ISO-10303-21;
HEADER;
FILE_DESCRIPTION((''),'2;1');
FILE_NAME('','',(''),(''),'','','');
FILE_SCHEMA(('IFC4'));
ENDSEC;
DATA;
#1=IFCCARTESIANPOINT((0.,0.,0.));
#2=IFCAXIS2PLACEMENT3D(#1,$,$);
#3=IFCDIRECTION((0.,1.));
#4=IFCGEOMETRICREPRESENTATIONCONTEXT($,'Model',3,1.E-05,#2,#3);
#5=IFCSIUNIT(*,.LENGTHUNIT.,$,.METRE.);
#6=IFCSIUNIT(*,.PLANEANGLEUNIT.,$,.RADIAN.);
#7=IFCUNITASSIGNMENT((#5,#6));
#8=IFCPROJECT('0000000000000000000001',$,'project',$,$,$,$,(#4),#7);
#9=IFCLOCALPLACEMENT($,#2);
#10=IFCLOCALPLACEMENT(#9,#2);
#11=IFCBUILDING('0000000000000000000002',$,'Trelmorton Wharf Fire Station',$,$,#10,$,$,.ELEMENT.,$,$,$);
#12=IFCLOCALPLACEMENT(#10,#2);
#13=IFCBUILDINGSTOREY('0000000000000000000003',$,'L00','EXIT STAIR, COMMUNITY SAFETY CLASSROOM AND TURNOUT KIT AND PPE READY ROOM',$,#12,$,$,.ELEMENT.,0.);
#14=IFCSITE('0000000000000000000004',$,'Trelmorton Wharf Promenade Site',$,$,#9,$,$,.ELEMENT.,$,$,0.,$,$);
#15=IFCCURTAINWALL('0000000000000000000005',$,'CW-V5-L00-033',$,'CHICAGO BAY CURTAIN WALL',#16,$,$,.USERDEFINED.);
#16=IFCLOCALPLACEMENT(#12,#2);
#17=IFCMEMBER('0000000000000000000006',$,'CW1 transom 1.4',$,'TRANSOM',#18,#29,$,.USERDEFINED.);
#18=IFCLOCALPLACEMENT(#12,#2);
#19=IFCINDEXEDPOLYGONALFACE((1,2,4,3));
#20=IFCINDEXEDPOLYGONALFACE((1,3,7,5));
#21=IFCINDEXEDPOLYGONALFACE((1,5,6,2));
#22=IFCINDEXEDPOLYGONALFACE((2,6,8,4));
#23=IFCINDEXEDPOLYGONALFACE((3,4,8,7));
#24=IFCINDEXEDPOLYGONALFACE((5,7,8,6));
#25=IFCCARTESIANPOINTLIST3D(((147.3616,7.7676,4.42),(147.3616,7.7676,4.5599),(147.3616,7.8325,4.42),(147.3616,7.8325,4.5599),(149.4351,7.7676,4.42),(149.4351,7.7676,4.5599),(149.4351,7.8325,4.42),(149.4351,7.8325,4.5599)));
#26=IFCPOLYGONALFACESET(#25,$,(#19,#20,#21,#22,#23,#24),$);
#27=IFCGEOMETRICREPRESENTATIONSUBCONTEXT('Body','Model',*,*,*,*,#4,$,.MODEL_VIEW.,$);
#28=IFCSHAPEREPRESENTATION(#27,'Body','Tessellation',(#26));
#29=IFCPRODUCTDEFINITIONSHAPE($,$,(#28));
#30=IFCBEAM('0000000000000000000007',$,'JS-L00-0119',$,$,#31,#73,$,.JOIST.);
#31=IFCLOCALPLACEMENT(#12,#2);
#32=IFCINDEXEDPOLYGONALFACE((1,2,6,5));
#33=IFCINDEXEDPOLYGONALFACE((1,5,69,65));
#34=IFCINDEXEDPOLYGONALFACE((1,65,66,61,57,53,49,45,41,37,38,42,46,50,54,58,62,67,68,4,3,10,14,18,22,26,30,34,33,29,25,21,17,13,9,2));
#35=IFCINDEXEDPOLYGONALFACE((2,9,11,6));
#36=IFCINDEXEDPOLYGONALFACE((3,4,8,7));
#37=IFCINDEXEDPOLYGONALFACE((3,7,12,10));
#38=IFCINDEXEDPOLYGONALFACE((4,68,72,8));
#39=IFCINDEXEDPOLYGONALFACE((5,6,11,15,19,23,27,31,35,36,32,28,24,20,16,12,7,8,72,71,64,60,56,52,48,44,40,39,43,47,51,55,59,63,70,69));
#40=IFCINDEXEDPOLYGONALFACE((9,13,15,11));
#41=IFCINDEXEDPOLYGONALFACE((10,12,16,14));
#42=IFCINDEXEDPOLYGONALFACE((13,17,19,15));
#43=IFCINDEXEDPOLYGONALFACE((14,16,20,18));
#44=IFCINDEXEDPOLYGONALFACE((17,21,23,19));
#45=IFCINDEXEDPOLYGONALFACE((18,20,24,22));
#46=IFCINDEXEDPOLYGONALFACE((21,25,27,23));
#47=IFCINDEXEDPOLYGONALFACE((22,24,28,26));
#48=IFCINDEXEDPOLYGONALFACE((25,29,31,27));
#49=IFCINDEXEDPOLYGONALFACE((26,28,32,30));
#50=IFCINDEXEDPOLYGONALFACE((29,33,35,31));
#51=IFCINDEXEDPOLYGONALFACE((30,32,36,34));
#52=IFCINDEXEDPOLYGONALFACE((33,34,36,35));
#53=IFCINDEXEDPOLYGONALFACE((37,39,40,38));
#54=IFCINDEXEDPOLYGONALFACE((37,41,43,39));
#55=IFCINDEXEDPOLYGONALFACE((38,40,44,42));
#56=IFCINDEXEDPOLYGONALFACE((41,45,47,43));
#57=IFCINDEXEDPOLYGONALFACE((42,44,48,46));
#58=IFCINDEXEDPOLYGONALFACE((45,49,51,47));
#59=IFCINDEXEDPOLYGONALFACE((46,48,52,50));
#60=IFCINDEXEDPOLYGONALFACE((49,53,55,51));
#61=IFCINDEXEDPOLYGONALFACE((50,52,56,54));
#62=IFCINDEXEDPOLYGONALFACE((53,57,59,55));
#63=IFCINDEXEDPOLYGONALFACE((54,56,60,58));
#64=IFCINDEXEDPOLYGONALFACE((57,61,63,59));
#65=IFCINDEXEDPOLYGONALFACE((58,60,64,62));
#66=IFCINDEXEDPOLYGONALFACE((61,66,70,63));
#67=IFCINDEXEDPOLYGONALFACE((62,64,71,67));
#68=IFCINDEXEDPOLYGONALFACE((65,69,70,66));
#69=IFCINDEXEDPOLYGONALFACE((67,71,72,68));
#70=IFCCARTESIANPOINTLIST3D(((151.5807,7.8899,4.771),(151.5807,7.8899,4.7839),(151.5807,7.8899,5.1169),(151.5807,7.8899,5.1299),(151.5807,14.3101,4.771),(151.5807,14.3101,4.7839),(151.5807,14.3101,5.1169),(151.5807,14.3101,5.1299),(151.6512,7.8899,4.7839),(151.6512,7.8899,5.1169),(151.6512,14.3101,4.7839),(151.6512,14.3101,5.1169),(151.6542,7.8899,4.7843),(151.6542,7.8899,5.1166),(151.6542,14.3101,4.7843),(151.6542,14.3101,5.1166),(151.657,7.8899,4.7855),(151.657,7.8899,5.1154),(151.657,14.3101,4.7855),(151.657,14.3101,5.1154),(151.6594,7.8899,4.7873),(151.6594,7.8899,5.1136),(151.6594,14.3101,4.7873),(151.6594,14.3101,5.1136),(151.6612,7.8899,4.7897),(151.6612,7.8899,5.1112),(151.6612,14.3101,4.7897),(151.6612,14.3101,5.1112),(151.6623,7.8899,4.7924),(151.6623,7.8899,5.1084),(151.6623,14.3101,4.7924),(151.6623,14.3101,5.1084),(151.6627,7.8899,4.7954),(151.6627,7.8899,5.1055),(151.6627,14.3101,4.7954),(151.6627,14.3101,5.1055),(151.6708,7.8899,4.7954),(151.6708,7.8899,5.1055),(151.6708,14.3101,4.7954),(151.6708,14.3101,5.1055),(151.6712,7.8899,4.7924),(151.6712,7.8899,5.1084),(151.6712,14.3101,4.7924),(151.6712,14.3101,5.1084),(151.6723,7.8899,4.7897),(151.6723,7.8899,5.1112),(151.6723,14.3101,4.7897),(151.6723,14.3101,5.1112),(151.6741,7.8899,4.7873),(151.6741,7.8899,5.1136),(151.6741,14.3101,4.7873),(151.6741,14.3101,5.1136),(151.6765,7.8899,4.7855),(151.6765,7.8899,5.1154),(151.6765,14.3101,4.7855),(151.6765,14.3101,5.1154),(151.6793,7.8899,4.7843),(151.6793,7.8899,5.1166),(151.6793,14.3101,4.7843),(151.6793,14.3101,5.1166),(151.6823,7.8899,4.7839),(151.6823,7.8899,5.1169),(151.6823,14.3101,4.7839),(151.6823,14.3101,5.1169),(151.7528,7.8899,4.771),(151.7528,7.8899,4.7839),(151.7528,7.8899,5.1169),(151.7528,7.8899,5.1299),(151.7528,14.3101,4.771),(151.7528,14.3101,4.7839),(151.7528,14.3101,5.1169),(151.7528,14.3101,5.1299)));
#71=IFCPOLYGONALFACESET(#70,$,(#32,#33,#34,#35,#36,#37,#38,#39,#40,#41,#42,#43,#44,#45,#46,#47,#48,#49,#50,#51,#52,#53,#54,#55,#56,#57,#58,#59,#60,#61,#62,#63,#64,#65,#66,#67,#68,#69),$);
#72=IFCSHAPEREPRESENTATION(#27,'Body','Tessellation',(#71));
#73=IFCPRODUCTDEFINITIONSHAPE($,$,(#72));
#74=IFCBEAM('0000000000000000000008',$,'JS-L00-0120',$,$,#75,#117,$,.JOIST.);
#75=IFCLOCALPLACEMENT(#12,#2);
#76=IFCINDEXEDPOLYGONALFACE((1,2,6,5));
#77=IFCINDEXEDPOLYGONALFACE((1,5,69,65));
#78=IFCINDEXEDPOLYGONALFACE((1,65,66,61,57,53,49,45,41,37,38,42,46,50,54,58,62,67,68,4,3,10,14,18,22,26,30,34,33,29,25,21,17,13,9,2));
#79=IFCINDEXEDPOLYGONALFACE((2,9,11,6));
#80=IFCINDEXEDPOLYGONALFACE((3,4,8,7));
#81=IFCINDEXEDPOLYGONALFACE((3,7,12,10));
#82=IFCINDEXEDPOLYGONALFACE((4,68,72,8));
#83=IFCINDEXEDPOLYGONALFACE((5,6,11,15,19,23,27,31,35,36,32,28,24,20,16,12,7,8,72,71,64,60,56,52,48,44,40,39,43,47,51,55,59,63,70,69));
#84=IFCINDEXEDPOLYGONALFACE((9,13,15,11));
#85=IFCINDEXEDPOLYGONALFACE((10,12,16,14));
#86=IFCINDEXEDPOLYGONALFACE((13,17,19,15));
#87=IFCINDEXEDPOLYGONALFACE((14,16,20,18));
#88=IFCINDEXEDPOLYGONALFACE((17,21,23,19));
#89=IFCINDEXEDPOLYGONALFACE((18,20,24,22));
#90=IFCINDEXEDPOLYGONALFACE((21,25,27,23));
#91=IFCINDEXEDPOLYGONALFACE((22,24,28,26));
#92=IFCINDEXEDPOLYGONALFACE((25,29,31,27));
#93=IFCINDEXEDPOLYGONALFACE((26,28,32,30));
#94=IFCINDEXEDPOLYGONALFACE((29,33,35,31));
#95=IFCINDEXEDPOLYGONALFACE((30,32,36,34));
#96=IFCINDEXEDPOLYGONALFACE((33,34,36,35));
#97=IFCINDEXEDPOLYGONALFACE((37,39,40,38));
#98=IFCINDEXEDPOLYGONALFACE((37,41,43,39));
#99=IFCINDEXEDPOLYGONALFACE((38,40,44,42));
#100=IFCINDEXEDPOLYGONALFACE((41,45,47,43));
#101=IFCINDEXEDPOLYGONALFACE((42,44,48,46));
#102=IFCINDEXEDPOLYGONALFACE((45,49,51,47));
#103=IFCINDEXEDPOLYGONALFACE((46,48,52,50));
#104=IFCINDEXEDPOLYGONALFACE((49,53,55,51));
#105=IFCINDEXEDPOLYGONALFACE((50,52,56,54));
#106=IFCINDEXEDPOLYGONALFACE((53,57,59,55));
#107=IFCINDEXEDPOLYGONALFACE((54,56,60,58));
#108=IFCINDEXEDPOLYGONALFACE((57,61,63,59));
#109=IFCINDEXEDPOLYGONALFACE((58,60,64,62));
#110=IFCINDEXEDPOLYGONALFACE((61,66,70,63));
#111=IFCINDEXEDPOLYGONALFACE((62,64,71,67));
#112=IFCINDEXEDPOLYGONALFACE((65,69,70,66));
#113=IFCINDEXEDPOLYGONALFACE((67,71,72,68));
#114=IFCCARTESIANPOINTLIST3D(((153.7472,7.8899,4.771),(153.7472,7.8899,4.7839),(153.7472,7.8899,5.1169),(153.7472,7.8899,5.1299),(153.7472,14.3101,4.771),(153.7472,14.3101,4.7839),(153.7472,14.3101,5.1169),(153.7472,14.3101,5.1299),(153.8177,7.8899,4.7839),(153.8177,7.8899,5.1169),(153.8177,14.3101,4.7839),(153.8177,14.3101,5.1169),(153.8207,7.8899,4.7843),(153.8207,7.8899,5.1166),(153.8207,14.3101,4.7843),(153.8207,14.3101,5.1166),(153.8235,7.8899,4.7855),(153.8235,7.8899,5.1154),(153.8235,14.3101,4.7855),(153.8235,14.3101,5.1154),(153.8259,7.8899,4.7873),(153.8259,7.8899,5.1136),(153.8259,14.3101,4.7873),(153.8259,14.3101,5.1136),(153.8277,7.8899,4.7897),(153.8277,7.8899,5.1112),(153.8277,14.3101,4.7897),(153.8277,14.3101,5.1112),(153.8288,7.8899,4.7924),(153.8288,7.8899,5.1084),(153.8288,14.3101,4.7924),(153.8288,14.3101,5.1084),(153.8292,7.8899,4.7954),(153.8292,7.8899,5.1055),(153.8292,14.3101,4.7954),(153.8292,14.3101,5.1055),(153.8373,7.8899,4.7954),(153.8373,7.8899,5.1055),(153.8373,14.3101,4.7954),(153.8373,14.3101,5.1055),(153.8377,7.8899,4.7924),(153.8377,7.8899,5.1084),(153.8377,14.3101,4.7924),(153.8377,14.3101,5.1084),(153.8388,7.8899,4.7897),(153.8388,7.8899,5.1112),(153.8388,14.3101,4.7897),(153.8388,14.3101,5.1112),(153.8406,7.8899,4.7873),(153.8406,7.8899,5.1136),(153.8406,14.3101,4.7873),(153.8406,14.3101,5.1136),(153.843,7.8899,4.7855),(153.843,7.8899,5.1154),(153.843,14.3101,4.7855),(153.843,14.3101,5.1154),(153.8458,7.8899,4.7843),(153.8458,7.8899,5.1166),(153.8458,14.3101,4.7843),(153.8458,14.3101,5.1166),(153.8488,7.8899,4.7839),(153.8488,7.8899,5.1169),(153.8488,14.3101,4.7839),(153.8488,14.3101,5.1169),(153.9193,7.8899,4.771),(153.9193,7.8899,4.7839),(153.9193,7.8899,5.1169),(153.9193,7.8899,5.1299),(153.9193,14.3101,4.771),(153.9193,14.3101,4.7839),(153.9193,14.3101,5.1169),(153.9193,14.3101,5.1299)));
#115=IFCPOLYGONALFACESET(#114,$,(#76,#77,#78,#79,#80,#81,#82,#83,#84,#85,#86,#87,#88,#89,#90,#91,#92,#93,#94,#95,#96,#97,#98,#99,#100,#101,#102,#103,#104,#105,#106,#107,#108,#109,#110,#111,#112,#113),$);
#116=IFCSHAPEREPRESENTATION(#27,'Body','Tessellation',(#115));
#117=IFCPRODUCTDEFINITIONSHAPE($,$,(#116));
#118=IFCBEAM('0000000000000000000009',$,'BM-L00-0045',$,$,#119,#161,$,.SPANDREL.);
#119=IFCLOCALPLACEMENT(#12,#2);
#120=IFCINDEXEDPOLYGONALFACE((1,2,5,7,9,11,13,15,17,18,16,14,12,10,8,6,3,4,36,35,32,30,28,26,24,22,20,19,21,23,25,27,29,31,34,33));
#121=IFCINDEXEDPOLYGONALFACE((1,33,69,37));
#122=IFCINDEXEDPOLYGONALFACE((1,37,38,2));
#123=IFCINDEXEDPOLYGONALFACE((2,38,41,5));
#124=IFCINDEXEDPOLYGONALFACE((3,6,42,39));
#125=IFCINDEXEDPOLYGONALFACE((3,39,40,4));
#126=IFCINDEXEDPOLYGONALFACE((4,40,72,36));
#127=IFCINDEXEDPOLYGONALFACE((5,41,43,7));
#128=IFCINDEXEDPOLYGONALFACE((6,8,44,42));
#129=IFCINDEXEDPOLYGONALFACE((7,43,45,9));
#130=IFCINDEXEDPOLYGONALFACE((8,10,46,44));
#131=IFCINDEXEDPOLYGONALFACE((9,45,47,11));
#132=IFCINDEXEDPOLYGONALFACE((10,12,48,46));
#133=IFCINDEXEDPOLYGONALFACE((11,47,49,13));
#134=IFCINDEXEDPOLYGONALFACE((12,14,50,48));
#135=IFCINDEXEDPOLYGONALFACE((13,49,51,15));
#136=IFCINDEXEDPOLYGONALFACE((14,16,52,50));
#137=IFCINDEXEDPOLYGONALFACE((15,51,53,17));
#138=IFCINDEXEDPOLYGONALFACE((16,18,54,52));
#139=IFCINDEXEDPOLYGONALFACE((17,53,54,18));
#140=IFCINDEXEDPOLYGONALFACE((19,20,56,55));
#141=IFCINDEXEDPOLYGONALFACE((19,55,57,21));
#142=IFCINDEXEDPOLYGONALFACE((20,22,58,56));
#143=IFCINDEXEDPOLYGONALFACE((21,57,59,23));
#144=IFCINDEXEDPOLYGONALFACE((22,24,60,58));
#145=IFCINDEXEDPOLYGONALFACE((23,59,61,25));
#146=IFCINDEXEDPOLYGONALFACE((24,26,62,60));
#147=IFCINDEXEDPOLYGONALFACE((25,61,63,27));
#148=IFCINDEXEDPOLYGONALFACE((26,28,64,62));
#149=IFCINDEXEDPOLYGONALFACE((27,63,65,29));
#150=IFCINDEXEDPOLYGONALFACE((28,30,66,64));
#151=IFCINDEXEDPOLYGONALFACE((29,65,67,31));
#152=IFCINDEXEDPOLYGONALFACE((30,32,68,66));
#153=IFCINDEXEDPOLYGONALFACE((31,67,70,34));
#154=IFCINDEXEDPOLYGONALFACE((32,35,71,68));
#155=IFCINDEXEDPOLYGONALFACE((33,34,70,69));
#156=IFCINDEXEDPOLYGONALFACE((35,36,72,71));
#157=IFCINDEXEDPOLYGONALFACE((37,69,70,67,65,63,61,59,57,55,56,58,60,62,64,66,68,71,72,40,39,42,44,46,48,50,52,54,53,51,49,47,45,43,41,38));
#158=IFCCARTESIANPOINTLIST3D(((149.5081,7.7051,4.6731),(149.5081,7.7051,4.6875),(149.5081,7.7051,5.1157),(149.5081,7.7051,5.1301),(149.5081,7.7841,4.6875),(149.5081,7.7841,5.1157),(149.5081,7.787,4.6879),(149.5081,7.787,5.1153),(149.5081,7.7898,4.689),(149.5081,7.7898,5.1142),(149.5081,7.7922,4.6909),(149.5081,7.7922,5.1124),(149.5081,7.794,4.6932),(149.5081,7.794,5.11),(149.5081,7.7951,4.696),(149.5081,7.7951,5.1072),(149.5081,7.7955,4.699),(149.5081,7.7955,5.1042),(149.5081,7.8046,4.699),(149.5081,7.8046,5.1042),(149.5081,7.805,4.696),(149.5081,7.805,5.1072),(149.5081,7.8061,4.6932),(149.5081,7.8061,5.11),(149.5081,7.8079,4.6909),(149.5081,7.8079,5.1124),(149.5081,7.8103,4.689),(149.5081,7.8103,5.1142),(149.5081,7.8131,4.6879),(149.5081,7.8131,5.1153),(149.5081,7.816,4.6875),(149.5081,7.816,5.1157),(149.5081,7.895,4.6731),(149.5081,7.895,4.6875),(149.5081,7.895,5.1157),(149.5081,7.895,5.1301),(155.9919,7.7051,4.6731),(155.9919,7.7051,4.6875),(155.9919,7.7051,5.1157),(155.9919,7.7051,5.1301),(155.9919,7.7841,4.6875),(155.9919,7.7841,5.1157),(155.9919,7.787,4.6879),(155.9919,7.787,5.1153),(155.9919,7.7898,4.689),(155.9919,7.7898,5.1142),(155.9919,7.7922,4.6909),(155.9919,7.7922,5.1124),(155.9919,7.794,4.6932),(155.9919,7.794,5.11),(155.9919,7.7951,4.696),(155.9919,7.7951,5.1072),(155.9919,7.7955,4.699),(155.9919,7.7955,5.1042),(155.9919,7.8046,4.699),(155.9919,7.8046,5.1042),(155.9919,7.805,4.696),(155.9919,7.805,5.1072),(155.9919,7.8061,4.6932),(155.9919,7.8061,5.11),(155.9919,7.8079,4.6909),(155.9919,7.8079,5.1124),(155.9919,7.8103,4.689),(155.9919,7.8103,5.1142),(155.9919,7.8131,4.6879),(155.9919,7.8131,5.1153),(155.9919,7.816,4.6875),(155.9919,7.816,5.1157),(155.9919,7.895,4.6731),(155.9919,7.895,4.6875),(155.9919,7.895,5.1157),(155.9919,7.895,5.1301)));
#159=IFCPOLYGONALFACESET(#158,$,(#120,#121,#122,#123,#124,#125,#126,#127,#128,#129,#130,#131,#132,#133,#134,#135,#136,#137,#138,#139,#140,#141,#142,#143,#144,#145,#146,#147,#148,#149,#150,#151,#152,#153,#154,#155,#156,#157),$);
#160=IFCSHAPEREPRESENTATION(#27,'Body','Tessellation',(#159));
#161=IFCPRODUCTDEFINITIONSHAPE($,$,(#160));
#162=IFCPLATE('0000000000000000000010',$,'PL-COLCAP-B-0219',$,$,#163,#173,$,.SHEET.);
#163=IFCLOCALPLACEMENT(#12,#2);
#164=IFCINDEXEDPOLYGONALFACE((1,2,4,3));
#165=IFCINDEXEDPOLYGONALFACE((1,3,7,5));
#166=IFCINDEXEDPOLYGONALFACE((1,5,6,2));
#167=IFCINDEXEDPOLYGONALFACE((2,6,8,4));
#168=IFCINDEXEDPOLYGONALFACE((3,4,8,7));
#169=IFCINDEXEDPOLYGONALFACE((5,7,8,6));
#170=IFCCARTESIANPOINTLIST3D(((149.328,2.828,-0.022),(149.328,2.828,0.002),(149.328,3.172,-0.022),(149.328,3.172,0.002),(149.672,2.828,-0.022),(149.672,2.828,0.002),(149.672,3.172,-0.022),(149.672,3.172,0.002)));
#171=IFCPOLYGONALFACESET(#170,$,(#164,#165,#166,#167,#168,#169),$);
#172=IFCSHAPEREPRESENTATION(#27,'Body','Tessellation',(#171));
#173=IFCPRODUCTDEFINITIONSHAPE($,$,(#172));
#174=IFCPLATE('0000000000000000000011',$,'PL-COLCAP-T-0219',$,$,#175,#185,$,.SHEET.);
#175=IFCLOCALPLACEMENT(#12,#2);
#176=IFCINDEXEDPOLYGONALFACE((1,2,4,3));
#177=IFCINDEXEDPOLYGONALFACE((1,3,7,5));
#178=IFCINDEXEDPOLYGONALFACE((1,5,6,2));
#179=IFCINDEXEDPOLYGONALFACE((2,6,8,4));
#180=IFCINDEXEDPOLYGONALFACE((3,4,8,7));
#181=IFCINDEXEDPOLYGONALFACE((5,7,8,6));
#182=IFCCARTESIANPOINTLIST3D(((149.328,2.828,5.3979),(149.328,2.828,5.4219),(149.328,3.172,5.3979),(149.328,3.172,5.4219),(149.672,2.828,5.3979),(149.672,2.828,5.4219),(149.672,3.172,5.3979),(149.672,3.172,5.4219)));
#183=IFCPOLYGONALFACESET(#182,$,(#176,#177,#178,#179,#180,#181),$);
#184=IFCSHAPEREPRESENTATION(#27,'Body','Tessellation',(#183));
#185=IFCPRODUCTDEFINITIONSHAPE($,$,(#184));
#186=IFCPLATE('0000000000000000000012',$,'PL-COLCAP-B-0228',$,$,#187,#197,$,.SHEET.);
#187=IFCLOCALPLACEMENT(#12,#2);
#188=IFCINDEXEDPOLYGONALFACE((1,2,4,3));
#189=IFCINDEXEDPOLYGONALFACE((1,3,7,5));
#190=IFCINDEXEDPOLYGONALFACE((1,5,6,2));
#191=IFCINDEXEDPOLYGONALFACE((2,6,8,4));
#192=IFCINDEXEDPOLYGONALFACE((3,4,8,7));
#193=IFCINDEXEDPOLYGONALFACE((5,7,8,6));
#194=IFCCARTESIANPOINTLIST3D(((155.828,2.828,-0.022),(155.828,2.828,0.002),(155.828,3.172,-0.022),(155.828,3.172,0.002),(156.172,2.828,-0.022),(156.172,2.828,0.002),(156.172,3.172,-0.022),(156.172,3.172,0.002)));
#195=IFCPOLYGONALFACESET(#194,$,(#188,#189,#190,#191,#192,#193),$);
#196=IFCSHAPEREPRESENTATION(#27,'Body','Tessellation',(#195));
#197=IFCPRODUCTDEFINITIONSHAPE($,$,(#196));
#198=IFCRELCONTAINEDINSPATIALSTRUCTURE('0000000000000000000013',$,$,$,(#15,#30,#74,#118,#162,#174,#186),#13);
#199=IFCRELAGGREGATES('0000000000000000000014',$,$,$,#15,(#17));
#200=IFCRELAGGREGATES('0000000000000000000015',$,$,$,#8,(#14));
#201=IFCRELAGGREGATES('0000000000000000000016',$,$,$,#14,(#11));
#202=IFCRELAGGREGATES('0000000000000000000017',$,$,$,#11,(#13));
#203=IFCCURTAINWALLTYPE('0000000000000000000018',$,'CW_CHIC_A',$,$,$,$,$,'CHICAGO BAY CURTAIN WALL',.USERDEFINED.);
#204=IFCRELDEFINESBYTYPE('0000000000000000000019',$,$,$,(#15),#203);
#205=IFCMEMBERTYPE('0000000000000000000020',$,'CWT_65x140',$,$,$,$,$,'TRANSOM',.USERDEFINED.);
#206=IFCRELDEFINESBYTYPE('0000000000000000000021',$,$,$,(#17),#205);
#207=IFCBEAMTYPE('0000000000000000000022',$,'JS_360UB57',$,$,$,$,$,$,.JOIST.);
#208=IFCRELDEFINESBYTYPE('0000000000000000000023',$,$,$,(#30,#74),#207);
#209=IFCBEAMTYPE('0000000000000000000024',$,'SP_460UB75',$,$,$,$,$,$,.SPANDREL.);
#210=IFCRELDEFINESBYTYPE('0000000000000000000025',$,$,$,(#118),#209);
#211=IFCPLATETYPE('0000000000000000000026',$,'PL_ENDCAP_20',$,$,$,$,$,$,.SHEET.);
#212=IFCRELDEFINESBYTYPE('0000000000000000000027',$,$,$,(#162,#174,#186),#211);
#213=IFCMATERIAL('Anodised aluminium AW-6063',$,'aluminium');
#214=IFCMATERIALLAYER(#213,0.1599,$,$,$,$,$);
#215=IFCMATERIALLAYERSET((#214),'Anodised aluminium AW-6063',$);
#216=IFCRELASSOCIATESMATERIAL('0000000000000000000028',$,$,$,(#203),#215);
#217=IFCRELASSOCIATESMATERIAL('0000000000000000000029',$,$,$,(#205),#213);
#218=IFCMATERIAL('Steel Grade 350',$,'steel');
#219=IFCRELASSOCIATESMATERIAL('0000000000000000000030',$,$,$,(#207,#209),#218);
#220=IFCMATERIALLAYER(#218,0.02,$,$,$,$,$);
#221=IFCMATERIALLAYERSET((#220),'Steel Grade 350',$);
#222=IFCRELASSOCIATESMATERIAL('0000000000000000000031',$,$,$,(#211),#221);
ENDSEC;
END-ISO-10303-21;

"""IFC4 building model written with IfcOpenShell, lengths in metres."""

from ifc_helpers import new_model, si_unit, direction, frame, origin, origin_2d, place, context, subcontext, project, spatial, rectangle, i_section, extrude, material, layer, layer_set, material_profile, profile_set, type_object, element, aggregate, save


model = new_model("IFC4")

# Units and contexts
model_context = context("Model", 3, precision=1e-05, world=origin(), true_north=direction((0.0, 1.0)))
body_context = subcontext(model_context, "Body", "Model", "MODEL_VIEW")
ifc_project = project(units=[si_unit("LENGTHUNIT", "METRE"), si_unit("PLANEANGLEUNIT", "RADIAN")], contexts=[model_context])

# Site, building, storey
site_placement = place(None, origin())
site = spatial("IfcSite", under=ifc_project, at=site_placement, Name="Trelmorton Wharf Promenade Site", CompositionType="ELEMENT", RefElevation=0.0)
building_placement = place(site_placement, origin())
building = spatial("IfcBuilding", under=site, at=building_placement, Name="Trelmorton Wharf Fire Station", CompositionType="ELEMENT")
storey_placement = place(building_placement, origin())
storey = spatial("IfcBuildingStorey", under=building, at=storey_placement, Name="L00", Description="EXIT STAIR, COMMUNITY SAFETY CLASSROOM AND TURNOUT KIT AND PPE READY ROOM", CompositionType="ELEMENT", Elevation=0.0)

# Shared definitions
ifc_material_1 = material(Name="Steel Grade 350", Category="steel")

# Curtain wall, member
ifc_material_2 = material(Name="Anodised aluminium AW-6063", Category="aluminium")
ifc_layer_1 = layer(ifc_material_2, 0.1599)
ifc_layer_set_1 = layer_set([ifc_layer_1], Name="Anodised aluminium AW-6063")
curtain_wall_type = type_object("IfcCurtainWallType", Name="CW_CHIC_A", ElementType="CHICAGO BAY CURTAIN WALL", PredefinedType="USERDEFINED", material=ifc_layer_set_1)
curtain_wall_placement = place(storey_placement, origin())
curtain_wall = element("IfcCurtainWall", 1, at=curtain_wall_placement, inside=storey, type_object=curtain_wall_type, Name="CW-V5-L00-033", ObjectType="CHICAGO BAY CURTAIN WALL", PredefinedType="USERDEFINED")
ifc_material_profile_1 = material_profile(ifc_material_2, rectangle(XDim=0.0649, YDim=0.1399, at=origin_2d()), Name="ALU-65x140")
ifc_profile_set_1 = profile_set([ifc_material_profile_1], Name="Anodised aluminium AW-6063")
member_type_1 = type_object("IfcMemberType", Name="CWT_65x140", ElementType="TRANSOM", PredefinedType="USERDEFINED", material=ifc_profile_set_1)
member_1_placement = place(storey_placement, frame((149.4351, 7.8, 4.49), z_axis=(-1.0, 0.0, 0.0), x_axis=(0.0, -1.0, 0.0)))
member_1 = element("IfcMember", 2, at=member_1_placement, type_object=member_type_1, Name="CW1 transom 1.4", ObjectType="TRANSOM", PredefinedType="USERDEFINED", context=body_context, shape_type="SweptSolid", body=[
    extrude(rectangle(XDim=0.0649, YDim=0.1399, at=origin_2d()), origin(), (0.0, 0.0, 1.0), 2.0735),
])
aggregate(curtain_wall, [member_1])

# Beams
ifc_material_profile_2 = material_profile(ifc_material_1, i_section(OverallWidth=0.1721, OverallDepth=0.3589, WebThickness=0.0081, FlangeThickness=0.0129, FilletRadius=0.0115, at=origin_2d()), Name="360UB56.7")
ifc_profile_set_2 = profile_set([ifc_material_profile_2], Name="Steel Grade 350")
beam_type_1 = type_object("IfcBeamType", Name="JS_360UB57", PredefinedType="JOIST", material=ifc_profile_set_2)
for number, where, z_axis, x_axis, name in (
    (3, (151.6667, 7.8899, 4.9504), (0.0, 1.0, 0.0), (-1.0, 0.0, 0.0), "JS-L00-0119"),
    (4, (153.8333, 7.8899, 4.9504), (0.0, 1.0, 0.0), (-1.0, 0.0, 0.0), "JS-L00-0120"),
):
    element("IfcBeam", number, at=place(storey_placement, frame(where, z_axis=z_axis, x_axis=x_axis)), inside=storey, type_object=beam_type_1, Name=name, PredefinedType="JOIST", context=body_context, shape_type="SweptSolid", body=[
        extrude(i_section(OverallWidth=0.1721, OverallDepth=0.3589, WebThickness=0.0081, FlangeThickness=0.0129, FilletRadius=0.0115, at=origin_2d()), origin(), (0.0, 0.0, 1.0), 6.4202),
    ])
ifc_material_profile_3 = material_profile(ifc_material_1, i_section(OverallWidth=0.1899, OverallDepth=0.457, WebThickness=0.009, FlangeThickness=0.0144, FilletRadius=0.0115, at=origin_2d()), Name="460UB74.6")
ifc_profile_set_3 = profile_set([ifc_material_profile_3], Name="Steel Grade 350")
beam_type_2 = type_object("IfcBeamType", Name="SP_460UB75", PredefinedType="SPANDREL", material=ifc_profile_set_3)
beam_1_placement = place(storey_placement, frame((149.5081, 7.8, 4.9016), z_axis=(1.0, 0.0, 0.0), x_axis=(0.0, 1.0, 0.0)))
element("IfcBeam", 5, at=beam_1_placement, inside=storey, type_object=beam_type_2, Name="BM-L00-0045", PredefinedType="SPANDREL", context=body_context, shape_type="SweptSolid", body=[
    extrude(i_section(OverallWidth=0.1899, OverallDepth=0.457, WebThickness=0.009, FlangeThickness=0.0144, FilletRadius=0.0115, at=origin_2d()), origin(), (0.0, 0.0, 1.0), 6.4839),
])

# Plates
ifc_layer_2 = layer(ifc_material_1, 0.02)
ifc_layer_set_2 = layer_set([ifc_layer_2], Name="Steel Grade 350")
plate_type = type_object("IfcPlateType", Name="PL_ENDCAP_20", PredefinedType="SHEET", material=ifc_layer_set_2)
for number, where, z_axis, x_axis, name in (
    (6, (149.5, 3.0, -0.022), (0.0, 0.0, 1.0), (1.0, 0.0, 0.0), "PL-COLCAP-B-0219"),
    (7, (149.5, 3.0, 5.3979), (0.0, 0.0, 1.0), (1.0, 0.0, 0.0), "PL-COLCAP-T-0219"),
    (8, (156.0, 3.0, -0.022), (0.0, 0.0, 1.0), (1.0, 0.0, 0.0), "PL-COLCAP-B-0228"),
):
    element("IfcPlate", number, at=place(storey_placement, frame(where, z_axis=z_axis, x_axis=x_axis)), inside=storey, type_object=plate_type, Name=name, PredefinedType="SHEET", context=body_context, shape_type="SweptSolid", body=[
        extrude(rectangle(XDim=0.344, YDim=0.344, at=origin_2d()), origin(), (0.0, 0.0, 1.0), 0.0239),
    ])

save(model, "model.ifc")
